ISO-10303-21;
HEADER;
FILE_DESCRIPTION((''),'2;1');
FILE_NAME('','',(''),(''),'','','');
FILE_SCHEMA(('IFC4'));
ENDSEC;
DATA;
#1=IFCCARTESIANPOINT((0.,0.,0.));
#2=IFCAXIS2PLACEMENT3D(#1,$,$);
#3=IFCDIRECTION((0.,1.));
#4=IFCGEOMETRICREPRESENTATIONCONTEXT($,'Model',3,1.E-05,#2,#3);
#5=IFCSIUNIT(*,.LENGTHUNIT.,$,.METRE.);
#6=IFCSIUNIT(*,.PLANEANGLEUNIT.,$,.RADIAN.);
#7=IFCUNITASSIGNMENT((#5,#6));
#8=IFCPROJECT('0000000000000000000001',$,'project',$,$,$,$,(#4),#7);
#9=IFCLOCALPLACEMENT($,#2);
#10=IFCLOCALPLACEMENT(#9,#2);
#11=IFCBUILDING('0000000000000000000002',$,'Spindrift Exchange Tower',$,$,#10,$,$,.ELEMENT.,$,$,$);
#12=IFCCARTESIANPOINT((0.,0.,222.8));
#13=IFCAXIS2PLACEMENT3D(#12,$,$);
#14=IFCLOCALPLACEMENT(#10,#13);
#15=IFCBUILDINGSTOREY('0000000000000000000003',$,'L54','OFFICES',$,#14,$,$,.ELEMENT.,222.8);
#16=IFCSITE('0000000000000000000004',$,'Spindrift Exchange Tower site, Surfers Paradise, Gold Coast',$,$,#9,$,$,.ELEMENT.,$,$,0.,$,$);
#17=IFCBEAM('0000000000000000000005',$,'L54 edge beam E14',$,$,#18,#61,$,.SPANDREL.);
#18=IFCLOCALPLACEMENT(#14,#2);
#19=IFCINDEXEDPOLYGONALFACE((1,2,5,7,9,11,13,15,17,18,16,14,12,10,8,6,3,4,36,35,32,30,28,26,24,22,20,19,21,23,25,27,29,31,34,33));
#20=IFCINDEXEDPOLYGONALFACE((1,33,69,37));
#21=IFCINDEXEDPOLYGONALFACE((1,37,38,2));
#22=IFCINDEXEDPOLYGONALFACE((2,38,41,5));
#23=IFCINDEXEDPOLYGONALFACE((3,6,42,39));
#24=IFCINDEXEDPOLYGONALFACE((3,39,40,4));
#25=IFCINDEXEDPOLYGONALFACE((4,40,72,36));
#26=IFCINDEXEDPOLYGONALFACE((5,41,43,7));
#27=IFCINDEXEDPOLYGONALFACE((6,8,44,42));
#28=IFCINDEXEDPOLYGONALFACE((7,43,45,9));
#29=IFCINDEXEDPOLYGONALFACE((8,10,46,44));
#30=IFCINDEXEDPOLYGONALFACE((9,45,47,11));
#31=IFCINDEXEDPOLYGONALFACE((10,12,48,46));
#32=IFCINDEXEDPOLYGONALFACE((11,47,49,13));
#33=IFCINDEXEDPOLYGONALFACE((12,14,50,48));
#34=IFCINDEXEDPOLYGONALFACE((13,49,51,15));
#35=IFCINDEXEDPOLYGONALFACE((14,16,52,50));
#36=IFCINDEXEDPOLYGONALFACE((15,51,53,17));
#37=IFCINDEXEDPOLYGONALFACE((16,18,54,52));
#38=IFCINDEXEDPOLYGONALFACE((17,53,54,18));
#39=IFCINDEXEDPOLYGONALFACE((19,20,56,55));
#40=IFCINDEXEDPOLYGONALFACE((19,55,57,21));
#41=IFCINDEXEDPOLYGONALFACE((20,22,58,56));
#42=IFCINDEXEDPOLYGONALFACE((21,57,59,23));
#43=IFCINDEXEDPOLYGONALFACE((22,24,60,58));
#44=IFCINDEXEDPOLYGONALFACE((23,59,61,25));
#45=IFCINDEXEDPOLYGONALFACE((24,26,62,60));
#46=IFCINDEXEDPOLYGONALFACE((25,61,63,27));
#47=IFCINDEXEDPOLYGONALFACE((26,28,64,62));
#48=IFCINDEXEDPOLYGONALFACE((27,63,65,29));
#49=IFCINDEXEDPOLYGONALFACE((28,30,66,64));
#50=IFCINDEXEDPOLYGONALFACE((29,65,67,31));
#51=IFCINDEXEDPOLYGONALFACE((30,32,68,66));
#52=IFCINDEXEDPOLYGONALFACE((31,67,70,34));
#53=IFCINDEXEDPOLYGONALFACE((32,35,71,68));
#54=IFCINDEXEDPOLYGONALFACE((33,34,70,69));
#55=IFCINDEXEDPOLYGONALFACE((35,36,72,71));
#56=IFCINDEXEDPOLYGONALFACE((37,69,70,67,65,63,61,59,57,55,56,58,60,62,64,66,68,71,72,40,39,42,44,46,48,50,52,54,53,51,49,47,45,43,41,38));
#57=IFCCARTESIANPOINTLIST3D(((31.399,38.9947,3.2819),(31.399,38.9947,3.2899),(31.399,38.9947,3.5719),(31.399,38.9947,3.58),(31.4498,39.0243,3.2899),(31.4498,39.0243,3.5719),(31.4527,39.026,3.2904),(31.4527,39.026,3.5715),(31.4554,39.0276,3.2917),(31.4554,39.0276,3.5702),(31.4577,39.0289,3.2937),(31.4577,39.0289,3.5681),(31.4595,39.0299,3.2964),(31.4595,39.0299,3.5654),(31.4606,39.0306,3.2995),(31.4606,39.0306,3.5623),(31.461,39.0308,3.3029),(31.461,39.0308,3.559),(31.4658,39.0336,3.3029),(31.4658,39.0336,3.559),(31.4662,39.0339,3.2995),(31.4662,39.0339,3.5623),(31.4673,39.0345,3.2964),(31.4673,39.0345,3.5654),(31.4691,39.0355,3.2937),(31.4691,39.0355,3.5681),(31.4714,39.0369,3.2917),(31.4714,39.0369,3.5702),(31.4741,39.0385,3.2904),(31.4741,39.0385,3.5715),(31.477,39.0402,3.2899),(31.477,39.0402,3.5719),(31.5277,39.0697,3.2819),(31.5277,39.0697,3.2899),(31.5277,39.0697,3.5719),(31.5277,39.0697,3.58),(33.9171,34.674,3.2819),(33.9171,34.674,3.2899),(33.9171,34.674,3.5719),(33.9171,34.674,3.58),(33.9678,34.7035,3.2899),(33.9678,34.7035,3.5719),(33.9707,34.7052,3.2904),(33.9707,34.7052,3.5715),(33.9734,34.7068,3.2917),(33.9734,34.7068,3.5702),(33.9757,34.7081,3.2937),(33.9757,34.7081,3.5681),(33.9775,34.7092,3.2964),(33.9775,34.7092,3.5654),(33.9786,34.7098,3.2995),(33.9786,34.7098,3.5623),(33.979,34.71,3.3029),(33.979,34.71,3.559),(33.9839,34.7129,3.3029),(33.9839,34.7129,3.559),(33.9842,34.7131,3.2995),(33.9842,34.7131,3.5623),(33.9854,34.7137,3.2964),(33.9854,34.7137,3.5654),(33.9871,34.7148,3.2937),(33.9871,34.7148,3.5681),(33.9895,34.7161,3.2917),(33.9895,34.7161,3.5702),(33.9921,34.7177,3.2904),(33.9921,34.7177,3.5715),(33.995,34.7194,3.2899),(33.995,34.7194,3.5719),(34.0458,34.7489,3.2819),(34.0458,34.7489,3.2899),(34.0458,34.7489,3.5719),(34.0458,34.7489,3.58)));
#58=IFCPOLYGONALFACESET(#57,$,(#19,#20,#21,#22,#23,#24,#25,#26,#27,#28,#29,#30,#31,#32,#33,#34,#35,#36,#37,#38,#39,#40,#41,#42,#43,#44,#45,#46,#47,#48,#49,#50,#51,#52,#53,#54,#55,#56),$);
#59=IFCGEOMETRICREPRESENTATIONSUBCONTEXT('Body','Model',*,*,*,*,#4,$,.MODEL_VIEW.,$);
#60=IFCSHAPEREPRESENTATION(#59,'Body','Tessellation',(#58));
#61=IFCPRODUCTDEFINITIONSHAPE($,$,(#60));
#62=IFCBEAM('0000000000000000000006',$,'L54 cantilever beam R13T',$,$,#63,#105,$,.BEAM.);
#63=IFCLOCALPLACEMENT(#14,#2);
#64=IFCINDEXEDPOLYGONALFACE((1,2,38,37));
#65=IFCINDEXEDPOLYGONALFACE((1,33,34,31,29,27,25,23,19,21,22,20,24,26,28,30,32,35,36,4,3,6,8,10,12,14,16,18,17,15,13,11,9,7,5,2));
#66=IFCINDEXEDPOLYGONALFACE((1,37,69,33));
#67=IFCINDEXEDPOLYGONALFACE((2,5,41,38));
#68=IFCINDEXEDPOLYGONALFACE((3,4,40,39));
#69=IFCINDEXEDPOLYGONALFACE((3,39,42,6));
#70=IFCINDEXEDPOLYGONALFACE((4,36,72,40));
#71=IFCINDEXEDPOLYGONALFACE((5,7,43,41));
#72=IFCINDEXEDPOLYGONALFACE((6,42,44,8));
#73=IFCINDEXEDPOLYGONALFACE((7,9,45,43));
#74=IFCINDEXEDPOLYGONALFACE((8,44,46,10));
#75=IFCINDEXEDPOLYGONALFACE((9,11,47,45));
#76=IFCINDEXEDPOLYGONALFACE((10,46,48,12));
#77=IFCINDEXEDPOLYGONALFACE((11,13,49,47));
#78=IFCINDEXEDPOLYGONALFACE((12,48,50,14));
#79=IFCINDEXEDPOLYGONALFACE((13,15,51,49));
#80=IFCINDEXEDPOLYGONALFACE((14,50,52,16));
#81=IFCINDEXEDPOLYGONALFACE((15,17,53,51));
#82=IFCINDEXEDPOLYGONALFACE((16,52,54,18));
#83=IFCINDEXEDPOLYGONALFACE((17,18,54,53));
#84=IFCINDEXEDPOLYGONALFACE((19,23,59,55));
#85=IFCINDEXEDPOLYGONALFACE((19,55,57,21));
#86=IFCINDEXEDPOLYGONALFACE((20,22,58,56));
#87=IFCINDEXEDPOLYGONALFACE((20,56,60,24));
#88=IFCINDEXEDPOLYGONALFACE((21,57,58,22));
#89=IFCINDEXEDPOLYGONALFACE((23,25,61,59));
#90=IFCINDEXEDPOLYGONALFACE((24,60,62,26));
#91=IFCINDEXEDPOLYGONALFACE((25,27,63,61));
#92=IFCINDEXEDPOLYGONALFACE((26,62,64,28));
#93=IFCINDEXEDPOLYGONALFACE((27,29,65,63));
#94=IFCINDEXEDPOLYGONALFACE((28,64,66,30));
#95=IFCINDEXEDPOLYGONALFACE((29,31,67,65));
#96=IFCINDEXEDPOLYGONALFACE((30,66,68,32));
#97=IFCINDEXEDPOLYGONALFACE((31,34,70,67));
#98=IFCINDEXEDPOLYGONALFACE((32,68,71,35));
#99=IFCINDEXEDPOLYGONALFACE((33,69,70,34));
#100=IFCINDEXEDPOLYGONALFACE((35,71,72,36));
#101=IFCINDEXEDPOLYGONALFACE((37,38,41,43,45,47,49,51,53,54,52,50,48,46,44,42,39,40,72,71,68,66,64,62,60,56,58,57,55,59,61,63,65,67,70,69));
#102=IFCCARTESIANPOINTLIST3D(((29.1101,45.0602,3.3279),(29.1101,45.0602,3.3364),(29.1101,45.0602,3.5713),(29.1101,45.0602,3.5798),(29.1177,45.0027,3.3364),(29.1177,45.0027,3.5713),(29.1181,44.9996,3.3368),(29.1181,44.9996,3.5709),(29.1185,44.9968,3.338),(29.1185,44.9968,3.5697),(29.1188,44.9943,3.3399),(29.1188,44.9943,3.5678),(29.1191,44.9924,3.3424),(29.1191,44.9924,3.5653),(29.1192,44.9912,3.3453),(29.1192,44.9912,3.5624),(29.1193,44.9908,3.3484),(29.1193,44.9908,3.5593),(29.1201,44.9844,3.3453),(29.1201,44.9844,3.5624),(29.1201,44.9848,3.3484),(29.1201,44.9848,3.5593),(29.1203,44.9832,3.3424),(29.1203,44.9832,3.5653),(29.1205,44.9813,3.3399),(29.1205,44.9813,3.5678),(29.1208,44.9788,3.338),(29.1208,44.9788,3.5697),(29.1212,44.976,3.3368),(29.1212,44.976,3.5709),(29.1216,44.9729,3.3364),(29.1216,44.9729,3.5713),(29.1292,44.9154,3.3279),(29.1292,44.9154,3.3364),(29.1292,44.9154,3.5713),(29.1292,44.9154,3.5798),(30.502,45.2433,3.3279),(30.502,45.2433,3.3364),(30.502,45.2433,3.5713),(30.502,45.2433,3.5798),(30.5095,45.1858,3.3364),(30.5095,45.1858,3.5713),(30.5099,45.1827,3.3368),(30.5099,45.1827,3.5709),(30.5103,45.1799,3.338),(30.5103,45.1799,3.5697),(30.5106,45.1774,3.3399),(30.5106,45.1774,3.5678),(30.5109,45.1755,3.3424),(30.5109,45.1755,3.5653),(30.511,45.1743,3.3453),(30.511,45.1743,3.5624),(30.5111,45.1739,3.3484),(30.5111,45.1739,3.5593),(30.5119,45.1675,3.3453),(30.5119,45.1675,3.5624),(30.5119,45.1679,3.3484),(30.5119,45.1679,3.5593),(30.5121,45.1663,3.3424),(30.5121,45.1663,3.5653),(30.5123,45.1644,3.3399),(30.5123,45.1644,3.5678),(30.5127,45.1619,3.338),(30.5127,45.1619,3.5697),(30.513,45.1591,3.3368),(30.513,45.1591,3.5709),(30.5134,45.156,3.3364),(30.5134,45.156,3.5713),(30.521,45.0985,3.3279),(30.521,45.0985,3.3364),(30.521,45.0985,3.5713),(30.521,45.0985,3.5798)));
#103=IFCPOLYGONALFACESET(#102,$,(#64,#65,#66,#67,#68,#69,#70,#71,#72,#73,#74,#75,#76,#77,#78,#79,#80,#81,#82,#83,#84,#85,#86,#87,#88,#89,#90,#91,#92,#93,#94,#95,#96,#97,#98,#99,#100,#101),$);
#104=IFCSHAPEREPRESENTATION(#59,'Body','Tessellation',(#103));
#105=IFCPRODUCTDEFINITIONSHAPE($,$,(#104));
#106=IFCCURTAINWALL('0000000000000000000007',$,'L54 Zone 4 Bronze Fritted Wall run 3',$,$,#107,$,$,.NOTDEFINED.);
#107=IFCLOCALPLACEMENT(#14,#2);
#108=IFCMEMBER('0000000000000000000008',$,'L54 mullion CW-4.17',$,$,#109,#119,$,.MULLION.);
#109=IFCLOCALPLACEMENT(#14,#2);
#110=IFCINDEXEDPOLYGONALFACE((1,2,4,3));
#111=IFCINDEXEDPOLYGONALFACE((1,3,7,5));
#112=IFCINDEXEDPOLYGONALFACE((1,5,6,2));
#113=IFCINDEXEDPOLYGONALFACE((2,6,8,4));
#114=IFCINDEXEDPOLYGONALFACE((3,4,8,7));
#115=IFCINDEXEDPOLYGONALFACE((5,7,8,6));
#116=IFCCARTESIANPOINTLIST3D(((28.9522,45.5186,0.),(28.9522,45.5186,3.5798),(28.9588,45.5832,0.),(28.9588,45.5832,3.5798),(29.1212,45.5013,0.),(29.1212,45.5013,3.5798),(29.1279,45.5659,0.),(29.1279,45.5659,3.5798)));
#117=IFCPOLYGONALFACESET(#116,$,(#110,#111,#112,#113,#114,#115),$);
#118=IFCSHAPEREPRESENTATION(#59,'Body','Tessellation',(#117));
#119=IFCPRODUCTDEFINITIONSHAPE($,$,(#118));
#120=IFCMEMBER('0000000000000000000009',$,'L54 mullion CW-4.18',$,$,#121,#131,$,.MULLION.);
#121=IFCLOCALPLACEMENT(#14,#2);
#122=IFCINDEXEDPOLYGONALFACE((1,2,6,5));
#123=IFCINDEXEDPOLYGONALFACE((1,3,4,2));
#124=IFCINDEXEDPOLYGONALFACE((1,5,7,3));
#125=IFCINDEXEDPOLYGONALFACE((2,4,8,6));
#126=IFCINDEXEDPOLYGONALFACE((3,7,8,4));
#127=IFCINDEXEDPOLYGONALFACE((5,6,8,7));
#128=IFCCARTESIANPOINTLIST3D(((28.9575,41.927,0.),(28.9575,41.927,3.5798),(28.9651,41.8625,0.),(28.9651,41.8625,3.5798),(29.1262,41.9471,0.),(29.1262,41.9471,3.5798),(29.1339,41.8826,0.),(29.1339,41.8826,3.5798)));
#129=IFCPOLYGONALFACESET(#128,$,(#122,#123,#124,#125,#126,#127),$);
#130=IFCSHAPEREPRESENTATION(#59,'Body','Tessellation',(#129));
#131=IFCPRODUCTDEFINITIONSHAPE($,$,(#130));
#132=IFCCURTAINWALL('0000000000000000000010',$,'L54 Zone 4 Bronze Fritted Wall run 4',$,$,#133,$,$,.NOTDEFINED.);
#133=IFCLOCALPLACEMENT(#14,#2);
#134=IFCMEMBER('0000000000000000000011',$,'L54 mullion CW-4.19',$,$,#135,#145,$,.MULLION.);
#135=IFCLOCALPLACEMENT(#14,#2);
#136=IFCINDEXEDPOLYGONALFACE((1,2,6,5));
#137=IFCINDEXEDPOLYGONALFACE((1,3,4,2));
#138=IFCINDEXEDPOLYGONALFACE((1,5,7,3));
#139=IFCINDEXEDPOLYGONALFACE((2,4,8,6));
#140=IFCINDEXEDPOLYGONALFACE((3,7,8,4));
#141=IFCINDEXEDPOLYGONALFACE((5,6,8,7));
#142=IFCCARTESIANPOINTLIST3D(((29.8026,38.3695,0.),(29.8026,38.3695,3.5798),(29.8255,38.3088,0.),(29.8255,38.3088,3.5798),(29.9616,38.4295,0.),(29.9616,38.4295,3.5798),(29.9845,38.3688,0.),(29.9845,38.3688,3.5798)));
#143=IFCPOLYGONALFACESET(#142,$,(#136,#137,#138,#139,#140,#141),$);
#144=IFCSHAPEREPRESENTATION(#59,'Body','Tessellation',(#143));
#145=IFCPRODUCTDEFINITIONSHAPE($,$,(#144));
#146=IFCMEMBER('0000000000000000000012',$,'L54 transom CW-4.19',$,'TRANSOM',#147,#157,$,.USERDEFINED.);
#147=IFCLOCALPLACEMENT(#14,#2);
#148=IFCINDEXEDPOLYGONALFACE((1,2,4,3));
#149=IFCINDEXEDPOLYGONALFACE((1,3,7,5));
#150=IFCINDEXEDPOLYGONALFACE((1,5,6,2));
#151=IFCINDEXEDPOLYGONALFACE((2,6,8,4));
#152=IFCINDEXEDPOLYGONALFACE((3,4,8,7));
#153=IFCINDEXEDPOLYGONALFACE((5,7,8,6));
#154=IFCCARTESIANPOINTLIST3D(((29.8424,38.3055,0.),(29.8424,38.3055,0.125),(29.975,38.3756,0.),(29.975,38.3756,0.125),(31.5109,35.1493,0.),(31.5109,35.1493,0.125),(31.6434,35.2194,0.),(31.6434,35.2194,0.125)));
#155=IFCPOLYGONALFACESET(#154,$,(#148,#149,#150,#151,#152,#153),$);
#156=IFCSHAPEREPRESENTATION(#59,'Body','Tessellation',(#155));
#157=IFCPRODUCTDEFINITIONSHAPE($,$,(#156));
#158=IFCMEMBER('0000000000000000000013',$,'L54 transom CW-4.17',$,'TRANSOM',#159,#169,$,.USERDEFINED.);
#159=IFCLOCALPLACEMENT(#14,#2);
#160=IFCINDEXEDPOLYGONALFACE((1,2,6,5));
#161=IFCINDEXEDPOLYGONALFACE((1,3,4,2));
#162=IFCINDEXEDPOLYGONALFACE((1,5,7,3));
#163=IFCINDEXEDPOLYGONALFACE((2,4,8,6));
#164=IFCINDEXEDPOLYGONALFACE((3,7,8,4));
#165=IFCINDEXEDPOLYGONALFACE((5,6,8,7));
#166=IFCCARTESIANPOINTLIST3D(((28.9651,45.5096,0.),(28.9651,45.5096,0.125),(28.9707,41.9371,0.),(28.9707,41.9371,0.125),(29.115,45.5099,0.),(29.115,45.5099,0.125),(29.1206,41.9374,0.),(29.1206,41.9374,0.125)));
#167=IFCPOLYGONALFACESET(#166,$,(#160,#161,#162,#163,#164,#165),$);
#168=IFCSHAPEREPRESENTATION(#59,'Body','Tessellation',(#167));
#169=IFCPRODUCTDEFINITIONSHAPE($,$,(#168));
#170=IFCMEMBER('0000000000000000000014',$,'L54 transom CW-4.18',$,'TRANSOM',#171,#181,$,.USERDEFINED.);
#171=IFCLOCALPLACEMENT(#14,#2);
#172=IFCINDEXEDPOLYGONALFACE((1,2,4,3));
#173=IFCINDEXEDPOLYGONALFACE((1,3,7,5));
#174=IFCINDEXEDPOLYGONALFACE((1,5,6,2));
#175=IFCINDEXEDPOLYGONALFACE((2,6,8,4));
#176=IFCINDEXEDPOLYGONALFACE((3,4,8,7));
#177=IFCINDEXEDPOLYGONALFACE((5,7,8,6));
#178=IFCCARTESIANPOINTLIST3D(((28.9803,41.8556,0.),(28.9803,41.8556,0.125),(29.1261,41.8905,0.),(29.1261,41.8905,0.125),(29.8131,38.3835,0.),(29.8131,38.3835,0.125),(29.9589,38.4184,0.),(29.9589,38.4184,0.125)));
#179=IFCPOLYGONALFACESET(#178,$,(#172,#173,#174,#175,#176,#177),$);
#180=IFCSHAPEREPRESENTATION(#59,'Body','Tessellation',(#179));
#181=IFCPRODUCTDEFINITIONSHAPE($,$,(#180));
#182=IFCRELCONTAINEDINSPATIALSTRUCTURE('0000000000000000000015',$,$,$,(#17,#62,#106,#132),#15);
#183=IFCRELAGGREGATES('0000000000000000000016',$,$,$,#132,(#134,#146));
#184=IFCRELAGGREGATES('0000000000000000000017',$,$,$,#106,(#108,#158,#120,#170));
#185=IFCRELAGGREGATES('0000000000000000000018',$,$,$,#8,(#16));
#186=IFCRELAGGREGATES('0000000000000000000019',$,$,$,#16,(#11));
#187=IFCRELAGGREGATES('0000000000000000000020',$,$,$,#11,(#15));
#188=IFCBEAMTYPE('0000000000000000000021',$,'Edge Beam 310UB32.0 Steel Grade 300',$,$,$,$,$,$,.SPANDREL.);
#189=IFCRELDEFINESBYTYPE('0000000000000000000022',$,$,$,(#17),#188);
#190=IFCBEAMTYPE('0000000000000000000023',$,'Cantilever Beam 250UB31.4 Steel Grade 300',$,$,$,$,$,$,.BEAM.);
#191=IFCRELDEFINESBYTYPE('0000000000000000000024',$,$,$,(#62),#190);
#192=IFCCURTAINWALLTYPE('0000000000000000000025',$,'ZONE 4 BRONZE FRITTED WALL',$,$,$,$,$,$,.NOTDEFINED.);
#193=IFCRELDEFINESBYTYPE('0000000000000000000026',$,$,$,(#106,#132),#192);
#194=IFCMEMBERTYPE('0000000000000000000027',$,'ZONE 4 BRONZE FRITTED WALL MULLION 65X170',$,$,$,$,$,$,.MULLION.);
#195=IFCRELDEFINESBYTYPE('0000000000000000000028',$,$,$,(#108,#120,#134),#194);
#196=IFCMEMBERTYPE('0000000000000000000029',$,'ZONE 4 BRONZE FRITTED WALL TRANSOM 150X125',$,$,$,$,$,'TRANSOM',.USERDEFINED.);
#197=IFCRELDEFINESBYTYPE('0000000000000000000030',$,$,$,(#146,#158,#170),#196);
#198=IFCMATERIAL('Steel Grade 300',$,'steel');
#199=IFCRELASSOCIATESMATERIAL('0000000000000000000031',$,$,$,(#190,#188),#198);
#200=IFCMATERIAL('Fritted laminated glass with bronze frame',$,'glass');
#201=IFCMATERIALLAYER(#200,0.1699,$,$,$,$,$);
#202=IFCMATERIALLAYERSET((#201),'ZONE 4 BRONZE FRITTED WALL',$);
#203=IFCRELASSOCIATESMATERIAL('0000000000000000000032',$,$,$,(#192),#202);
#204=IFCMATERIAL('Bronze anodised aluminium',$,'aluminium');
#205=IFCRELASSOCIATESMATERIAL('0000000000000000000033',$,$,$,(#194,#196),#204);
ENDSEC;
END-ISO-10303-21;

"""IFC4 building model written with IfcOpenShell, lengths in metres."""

from ifc_helpers import new_model, si_unit, direction, frame, origin, origin_2d, place, context, subcontext, project, spatial, rectangle, i_section, extrude, source, transform, mapped, material, layer, layer_set, material_profile, profile_set, type_object, element, aggregate, save


model = new_model("IFC4")

# Units and contexts
model_context = context("Model", 3, precision=1e-05, world=origin(), true_north=direction((0.0, 1.0)))
body_context = subcontext(model_context, "Body", "Model", "MODEL_VIEW")
ifc_project = project(units=[si_unit("LENGTHUNIT", "METRE"), si_unit("PLANEANGLEUNIT", "RADIAN")], contexts=[model_context])

# Site, building, storey
site_placement = place(None, origin())
site = spatial("IfcSite", under=ifc_project, at=site_placement, Name="Spindrift Exchange Tower site, Surfers Paradise, Gold Coast", CompositionType="ELEMENT", RefElevation=0.0)
building_placement = place(site_placement, origin())
building = spatial("IfcBuilding", under=site, at=building_placement, Name="Spindrift Exchange Tower", CompositionType="ELEMENT")
storey_placement = place(building_placement, frame((0.0, 0.0, 222.8)))
storey = spatial("IfcBuildingStorey", under=building, at=storey_placement, Name="L54", Description="OFFICES", CompositionType="ELEMENT", Elevation=222.8)

# Beams
ifc_material_1 = material(Name="Steel Grade 300", Category="steel")
ifc_material_profile_1 = material_profile(ifc_material_1, i_section(OverallWidth=0.146, OverallDepth=0.252, WebThickness=0.0061, FlangeThickness=0.0085, FilletRadius=0.012, at=origin_2d()), Name="250UB31.4")
ifc_profile_set_1 = profile_set([ifc_material_profile_1], Name="Steel Grade 300")
beam_type_1 = type_object("IfcBeamType", Name="Cantilever Beam 250UB31.4 Steel Grade 300", PredefinedType="BEAM", material=ifc_profile_set_1)
ifc_material_profile_2 = material_profile(ifc_material_1, i_section(OverallWidth=0.1489, OverallDepth=0.2981, WebThickness=0.0056, FlangeThickness=0.0081, FilletRadius=0.0129, at=origin_2d()), Name="310UB32.0")
ifc_profile_set_2 = profile_set([ifc_material_profile_2], Name="Steel Grade 300")
beam_type_2 = type_object("IfcBeamType", Name="Edge Beam 310UB32.0 Steel Grade 300", PredefinedType="SPANDREL", material=ifc_profile_set_2)
shared_shape_1 = source(origin(), body_context, "Body", "SweptSolid", [
    extrude(i_section(OverallWidth=0.1489, OverallDepth=0.2981, WebThickness=0.0056, FlangeThickness=0.0081, FilletRadius=0.0129, at=origin_2d()), origin(), (0.0, 0.0, 1.0), 5.001),
])
beam_1_placement = place(storey_placement, frame((31.4634, 39.0322, 3.4309), z_axis=(0.503513, -0.863988, 0.0), x_axis=(0.863988, 0.503513, 0.0)))
element("IfcBeam", 1, at=beam_1_placement, inside=storey, type_object=beam_type_2, Name="L54 edge beam E14", PredefinedType="SPANDREL", context=body_context, shape_type="MappedRepresentation", body=[
    mapped(shared_shape_1, transform((0.0, 0.0, 0.0), scale=1.0)),
])
shared_shape_2 = source(origin(), body_context, "Body", "SweptSolid", [
    extrude(i_section(OverallWidth=0.146, OverallDepth=0.252, WebThickness=0.0061, FlangeThickness=0.0085, FilletRadius=0.012, at=origin_2d()), origin(), (0.0, 0.0, 1.0), 1.4038),
])
beam_2_placement = place(storey_placement, frame((30.5115, 45.1709, 3.4539), z_axis=(-0.991457, -0.130432, 0.0), x_axis=(0.130432, -0.991457, 0.0)))
element("IfcBeam", 2, at=beam_2_placement, inside=storey, type_object=beam_type_1, Name="L54 cantilever beam R13T", PredefinedType="BEAM", context=body_context, shape_type="MappedRepresentation", body=[
    mapped(shared_shape_2, transform((0.0, 0.0, 0.0), scale=1.0)),
])

# Curtain walls, members
ifc_material_2 = material(Name="Fritted laminated glass with bronze frame", Category="glass")
ifc_layer_1 = layer(ifc_material_2, 0.1699)
ifc_layer_set_1 = layer_set([ifc_layer_1], Name="ZONE 4 BRONZE FRITTED WALL")
curtain_wall_type = type_object("IfcCurtainWallType", Name="ZONE 4 BRONZE FRITTED WALL", PredefinedType="NOTDEFINED", material=ifc_layer_set_1)
curtain_wall_1_placement = place(storey_placement, origin())
curtain_wall_1 = element("IfcCurtainWall", 3, at=curtain_wall_1_placement, inside=storey, type_object=curtain_wall_type, Name="L54 Zone 4 Bronze Fritted Wall run 3", PredefinedType="NOTDEFINED")
ifc_material_3 = material(Name="Bronze anodised aluminium", Category="aluminium")
ifc_material_profile_3 = material_profile(ifc_material_3, rectangle(XDim=0.0649, YDim=0.1699, at=origin_2d()), Name="ZONE 4 BRONZE FRITTED WALL MULLION 65X170")
ifc_profile_set_3 = profile_set([ifc_material_profile_3], Name="Bronze anodised aluminium")
member_type_1 = type_object("IfcMemberType", Name="ZONE 4 BRONZE FRITTED WALL MULLION 65X170", PredefinedType="MULLION", material=ifc_profile_set_3)
shared_shape_3 = source(origin(), body_context, "Body", "SweptSolid", [
    extrude(rectangle(XDim=0.0649, YDim=0.1699, at=origin_2d()), origin(), (0.0, 0.0, 1.0), 3.5798),
])
member_1_placement = place(storey_placement, frame((29.04, 45.5422, 0.0), z_axis=(0.0, 0.0, 1.0), x_axis=(-0.102196, -0.994764, 0.0)))
member_1 = element("IfcMember", 4, at=member_1_placement, type_object=member_type_1, Name="L54 mullion CW-4.17", PredefinedType="MULLION", context=body_context, shape_type="MappedRepresentation", body=[
    mapped(shared_shape_3, transform((0.0, 0.0, 0.0), scale=1.0)),
])
member_2_placement = place(storey_placement, frame((29.0457, 41.9048, 0.0), z_axis=(0.0, 0.0, 1.0), x_axis=(0.118169, -0.992994, 0.0)))
member_2 = element("IfcMember", 5, at=member_2_placement, type_object=member_type_1, Name="L54 mullion CW-4.18", PredefinedType="MULLION", context=body_context, shape_type="MappedRepresentation", body=[
    mapped(shared_shape_3, transform((0.0, 0.0, 0.0), scale=1.0)),
])
curtain_wall_2_placement = place(storey_placement, origin())
curtain_wall_2 = element("IfcCurtainWall", 6, at=curtain_wall_2_placement, inside=storey, type_object=curtain_wall_type, Name="L54 Zone 4 Bronze Fritted Wall run 4", PredefinedType="NOTDEFINED")
member_3_placement = place(storey_placement, frame((29.8936, 38.3691, 0.0), z_axis=(0.0, 0.0, 1.0), x_axis=(0.353065, -0.935599, 0.0)))
member_3 = element("IfcMember", 7, at=member_3_placement, type_object=member_type_1, Name="L54 mullion CW-4.19", PredefinedType="MULLION", context=body_context, shape_type="MappedRepresentation", body=[
    mapped(shared_shape_3, transform((0.0, 0.0, 0.0), scale=1.0)),
])
ifc_material_profile_4 = material_profile(ifc_material_3, rectangle(XDim=0.1499, YDim=0.125, at=origin_2d()), Name="ZONE 4 BRONZE FRITTED WALL TRANSOM 150X125")
ifc_profile_set_4 = profile_set([ifc_material_profile_4], Name="Bronze anodised aluminium")
member_type_2 = type_object("IfcMemberType", Name="ZONE 4 BRONZE FRITTED WALL TRANSOM 150X125", ElementType="TRANSOM", PredefinedType="USERDEFINED", material=ifc_profile_set_4)
shared_shape_4 = source(origin(), body_context, "Body", "SweptSolid", [
    extrude(rectangle(XDim=0.1499, YDim=0.125, at=origin_2d()), origin(), (0.0, 0.0, 1.0), 3.5701),
])
member_4_placement = place(storey_placement, frame((29.9087, 38.3406, 0.0625), z_axis=(0.467341, -0.884077, 0.0), x_axis=(0.884077, 0.467341, 0.0)))
member_4 = element("IfcMember", 8, at=member_4_placement, type_object=member_type_2, Name="L54 transom CW-4.19", ObjectType="TRANSOM", PredefinedType="USERDEFINED", context=body_context, shape_type="MappedRepresentation", body=[
    mapped(shared_shape_4, transform((0.0, 0.0, 0.0), scale=1.0)),
])
aggregate(curtain_wall_2, [member_3, member_4])

# Members
shared_shape_5 = source(origin(), body_context, "Body", "SweptSolid", [
    extrude(rectangle(XDim=0.1499, YDim=0.125, at=origin_2d()), origin(), (0.0, 0.0, 1.0), 3.5725),
])
member_5_placement = place(storey_placement, frame((29.04, 45.5098, 0.0625), z_axis=(0.001572, -0.999999, 0.0), x_axis=(0.999999, 0.001572, 0.0)))
member_5 = element("IfcMember", 9, at=member_5_placement, type_object=member_type_2, Name="L54 transom CW-4.17", ObjectType="TRANSOM", PredefinedType="USERDEFINED", context=body_context, shape_type="MappedRepresentation", body=[
    mapped(shared_shape_5, transform((0.0, 0.0, 0.0), scale=1.0)),
])
shared_shape_6 = source(origin(), body_context, "Body", "SweptSolid", [
    extrude(rectangle(XDim=0.1499, YDim=0.125, at=origin_2d()), origin(), (0.0, 0.0, 1.0), 3.5706),
])
member_6_placement = place(storey_placement, frame((29.0532, 41.873, 0.0625), z_axis=(0.233226, -0.972423, 0.0), x_axis=(0.972423, 0.233226, 0.0)))
member_6 = element("IfcMember", 10, at=member_6_placement, type_object=member_type_2, Name="L54 transom CW-4.18", ObjectType="TRANSOM", PredefinedType="USERDEFINED", context=body_context, shape_type="MappedRepresentation", body=[
    mapped(shared_shape_6, transform((0.0, 0.0, 0.0), scale=1.0)),
])

aggregate(curtain_wall_1, [member_1, member_5, member_2, member_6])

save(model, "model.ifc")
